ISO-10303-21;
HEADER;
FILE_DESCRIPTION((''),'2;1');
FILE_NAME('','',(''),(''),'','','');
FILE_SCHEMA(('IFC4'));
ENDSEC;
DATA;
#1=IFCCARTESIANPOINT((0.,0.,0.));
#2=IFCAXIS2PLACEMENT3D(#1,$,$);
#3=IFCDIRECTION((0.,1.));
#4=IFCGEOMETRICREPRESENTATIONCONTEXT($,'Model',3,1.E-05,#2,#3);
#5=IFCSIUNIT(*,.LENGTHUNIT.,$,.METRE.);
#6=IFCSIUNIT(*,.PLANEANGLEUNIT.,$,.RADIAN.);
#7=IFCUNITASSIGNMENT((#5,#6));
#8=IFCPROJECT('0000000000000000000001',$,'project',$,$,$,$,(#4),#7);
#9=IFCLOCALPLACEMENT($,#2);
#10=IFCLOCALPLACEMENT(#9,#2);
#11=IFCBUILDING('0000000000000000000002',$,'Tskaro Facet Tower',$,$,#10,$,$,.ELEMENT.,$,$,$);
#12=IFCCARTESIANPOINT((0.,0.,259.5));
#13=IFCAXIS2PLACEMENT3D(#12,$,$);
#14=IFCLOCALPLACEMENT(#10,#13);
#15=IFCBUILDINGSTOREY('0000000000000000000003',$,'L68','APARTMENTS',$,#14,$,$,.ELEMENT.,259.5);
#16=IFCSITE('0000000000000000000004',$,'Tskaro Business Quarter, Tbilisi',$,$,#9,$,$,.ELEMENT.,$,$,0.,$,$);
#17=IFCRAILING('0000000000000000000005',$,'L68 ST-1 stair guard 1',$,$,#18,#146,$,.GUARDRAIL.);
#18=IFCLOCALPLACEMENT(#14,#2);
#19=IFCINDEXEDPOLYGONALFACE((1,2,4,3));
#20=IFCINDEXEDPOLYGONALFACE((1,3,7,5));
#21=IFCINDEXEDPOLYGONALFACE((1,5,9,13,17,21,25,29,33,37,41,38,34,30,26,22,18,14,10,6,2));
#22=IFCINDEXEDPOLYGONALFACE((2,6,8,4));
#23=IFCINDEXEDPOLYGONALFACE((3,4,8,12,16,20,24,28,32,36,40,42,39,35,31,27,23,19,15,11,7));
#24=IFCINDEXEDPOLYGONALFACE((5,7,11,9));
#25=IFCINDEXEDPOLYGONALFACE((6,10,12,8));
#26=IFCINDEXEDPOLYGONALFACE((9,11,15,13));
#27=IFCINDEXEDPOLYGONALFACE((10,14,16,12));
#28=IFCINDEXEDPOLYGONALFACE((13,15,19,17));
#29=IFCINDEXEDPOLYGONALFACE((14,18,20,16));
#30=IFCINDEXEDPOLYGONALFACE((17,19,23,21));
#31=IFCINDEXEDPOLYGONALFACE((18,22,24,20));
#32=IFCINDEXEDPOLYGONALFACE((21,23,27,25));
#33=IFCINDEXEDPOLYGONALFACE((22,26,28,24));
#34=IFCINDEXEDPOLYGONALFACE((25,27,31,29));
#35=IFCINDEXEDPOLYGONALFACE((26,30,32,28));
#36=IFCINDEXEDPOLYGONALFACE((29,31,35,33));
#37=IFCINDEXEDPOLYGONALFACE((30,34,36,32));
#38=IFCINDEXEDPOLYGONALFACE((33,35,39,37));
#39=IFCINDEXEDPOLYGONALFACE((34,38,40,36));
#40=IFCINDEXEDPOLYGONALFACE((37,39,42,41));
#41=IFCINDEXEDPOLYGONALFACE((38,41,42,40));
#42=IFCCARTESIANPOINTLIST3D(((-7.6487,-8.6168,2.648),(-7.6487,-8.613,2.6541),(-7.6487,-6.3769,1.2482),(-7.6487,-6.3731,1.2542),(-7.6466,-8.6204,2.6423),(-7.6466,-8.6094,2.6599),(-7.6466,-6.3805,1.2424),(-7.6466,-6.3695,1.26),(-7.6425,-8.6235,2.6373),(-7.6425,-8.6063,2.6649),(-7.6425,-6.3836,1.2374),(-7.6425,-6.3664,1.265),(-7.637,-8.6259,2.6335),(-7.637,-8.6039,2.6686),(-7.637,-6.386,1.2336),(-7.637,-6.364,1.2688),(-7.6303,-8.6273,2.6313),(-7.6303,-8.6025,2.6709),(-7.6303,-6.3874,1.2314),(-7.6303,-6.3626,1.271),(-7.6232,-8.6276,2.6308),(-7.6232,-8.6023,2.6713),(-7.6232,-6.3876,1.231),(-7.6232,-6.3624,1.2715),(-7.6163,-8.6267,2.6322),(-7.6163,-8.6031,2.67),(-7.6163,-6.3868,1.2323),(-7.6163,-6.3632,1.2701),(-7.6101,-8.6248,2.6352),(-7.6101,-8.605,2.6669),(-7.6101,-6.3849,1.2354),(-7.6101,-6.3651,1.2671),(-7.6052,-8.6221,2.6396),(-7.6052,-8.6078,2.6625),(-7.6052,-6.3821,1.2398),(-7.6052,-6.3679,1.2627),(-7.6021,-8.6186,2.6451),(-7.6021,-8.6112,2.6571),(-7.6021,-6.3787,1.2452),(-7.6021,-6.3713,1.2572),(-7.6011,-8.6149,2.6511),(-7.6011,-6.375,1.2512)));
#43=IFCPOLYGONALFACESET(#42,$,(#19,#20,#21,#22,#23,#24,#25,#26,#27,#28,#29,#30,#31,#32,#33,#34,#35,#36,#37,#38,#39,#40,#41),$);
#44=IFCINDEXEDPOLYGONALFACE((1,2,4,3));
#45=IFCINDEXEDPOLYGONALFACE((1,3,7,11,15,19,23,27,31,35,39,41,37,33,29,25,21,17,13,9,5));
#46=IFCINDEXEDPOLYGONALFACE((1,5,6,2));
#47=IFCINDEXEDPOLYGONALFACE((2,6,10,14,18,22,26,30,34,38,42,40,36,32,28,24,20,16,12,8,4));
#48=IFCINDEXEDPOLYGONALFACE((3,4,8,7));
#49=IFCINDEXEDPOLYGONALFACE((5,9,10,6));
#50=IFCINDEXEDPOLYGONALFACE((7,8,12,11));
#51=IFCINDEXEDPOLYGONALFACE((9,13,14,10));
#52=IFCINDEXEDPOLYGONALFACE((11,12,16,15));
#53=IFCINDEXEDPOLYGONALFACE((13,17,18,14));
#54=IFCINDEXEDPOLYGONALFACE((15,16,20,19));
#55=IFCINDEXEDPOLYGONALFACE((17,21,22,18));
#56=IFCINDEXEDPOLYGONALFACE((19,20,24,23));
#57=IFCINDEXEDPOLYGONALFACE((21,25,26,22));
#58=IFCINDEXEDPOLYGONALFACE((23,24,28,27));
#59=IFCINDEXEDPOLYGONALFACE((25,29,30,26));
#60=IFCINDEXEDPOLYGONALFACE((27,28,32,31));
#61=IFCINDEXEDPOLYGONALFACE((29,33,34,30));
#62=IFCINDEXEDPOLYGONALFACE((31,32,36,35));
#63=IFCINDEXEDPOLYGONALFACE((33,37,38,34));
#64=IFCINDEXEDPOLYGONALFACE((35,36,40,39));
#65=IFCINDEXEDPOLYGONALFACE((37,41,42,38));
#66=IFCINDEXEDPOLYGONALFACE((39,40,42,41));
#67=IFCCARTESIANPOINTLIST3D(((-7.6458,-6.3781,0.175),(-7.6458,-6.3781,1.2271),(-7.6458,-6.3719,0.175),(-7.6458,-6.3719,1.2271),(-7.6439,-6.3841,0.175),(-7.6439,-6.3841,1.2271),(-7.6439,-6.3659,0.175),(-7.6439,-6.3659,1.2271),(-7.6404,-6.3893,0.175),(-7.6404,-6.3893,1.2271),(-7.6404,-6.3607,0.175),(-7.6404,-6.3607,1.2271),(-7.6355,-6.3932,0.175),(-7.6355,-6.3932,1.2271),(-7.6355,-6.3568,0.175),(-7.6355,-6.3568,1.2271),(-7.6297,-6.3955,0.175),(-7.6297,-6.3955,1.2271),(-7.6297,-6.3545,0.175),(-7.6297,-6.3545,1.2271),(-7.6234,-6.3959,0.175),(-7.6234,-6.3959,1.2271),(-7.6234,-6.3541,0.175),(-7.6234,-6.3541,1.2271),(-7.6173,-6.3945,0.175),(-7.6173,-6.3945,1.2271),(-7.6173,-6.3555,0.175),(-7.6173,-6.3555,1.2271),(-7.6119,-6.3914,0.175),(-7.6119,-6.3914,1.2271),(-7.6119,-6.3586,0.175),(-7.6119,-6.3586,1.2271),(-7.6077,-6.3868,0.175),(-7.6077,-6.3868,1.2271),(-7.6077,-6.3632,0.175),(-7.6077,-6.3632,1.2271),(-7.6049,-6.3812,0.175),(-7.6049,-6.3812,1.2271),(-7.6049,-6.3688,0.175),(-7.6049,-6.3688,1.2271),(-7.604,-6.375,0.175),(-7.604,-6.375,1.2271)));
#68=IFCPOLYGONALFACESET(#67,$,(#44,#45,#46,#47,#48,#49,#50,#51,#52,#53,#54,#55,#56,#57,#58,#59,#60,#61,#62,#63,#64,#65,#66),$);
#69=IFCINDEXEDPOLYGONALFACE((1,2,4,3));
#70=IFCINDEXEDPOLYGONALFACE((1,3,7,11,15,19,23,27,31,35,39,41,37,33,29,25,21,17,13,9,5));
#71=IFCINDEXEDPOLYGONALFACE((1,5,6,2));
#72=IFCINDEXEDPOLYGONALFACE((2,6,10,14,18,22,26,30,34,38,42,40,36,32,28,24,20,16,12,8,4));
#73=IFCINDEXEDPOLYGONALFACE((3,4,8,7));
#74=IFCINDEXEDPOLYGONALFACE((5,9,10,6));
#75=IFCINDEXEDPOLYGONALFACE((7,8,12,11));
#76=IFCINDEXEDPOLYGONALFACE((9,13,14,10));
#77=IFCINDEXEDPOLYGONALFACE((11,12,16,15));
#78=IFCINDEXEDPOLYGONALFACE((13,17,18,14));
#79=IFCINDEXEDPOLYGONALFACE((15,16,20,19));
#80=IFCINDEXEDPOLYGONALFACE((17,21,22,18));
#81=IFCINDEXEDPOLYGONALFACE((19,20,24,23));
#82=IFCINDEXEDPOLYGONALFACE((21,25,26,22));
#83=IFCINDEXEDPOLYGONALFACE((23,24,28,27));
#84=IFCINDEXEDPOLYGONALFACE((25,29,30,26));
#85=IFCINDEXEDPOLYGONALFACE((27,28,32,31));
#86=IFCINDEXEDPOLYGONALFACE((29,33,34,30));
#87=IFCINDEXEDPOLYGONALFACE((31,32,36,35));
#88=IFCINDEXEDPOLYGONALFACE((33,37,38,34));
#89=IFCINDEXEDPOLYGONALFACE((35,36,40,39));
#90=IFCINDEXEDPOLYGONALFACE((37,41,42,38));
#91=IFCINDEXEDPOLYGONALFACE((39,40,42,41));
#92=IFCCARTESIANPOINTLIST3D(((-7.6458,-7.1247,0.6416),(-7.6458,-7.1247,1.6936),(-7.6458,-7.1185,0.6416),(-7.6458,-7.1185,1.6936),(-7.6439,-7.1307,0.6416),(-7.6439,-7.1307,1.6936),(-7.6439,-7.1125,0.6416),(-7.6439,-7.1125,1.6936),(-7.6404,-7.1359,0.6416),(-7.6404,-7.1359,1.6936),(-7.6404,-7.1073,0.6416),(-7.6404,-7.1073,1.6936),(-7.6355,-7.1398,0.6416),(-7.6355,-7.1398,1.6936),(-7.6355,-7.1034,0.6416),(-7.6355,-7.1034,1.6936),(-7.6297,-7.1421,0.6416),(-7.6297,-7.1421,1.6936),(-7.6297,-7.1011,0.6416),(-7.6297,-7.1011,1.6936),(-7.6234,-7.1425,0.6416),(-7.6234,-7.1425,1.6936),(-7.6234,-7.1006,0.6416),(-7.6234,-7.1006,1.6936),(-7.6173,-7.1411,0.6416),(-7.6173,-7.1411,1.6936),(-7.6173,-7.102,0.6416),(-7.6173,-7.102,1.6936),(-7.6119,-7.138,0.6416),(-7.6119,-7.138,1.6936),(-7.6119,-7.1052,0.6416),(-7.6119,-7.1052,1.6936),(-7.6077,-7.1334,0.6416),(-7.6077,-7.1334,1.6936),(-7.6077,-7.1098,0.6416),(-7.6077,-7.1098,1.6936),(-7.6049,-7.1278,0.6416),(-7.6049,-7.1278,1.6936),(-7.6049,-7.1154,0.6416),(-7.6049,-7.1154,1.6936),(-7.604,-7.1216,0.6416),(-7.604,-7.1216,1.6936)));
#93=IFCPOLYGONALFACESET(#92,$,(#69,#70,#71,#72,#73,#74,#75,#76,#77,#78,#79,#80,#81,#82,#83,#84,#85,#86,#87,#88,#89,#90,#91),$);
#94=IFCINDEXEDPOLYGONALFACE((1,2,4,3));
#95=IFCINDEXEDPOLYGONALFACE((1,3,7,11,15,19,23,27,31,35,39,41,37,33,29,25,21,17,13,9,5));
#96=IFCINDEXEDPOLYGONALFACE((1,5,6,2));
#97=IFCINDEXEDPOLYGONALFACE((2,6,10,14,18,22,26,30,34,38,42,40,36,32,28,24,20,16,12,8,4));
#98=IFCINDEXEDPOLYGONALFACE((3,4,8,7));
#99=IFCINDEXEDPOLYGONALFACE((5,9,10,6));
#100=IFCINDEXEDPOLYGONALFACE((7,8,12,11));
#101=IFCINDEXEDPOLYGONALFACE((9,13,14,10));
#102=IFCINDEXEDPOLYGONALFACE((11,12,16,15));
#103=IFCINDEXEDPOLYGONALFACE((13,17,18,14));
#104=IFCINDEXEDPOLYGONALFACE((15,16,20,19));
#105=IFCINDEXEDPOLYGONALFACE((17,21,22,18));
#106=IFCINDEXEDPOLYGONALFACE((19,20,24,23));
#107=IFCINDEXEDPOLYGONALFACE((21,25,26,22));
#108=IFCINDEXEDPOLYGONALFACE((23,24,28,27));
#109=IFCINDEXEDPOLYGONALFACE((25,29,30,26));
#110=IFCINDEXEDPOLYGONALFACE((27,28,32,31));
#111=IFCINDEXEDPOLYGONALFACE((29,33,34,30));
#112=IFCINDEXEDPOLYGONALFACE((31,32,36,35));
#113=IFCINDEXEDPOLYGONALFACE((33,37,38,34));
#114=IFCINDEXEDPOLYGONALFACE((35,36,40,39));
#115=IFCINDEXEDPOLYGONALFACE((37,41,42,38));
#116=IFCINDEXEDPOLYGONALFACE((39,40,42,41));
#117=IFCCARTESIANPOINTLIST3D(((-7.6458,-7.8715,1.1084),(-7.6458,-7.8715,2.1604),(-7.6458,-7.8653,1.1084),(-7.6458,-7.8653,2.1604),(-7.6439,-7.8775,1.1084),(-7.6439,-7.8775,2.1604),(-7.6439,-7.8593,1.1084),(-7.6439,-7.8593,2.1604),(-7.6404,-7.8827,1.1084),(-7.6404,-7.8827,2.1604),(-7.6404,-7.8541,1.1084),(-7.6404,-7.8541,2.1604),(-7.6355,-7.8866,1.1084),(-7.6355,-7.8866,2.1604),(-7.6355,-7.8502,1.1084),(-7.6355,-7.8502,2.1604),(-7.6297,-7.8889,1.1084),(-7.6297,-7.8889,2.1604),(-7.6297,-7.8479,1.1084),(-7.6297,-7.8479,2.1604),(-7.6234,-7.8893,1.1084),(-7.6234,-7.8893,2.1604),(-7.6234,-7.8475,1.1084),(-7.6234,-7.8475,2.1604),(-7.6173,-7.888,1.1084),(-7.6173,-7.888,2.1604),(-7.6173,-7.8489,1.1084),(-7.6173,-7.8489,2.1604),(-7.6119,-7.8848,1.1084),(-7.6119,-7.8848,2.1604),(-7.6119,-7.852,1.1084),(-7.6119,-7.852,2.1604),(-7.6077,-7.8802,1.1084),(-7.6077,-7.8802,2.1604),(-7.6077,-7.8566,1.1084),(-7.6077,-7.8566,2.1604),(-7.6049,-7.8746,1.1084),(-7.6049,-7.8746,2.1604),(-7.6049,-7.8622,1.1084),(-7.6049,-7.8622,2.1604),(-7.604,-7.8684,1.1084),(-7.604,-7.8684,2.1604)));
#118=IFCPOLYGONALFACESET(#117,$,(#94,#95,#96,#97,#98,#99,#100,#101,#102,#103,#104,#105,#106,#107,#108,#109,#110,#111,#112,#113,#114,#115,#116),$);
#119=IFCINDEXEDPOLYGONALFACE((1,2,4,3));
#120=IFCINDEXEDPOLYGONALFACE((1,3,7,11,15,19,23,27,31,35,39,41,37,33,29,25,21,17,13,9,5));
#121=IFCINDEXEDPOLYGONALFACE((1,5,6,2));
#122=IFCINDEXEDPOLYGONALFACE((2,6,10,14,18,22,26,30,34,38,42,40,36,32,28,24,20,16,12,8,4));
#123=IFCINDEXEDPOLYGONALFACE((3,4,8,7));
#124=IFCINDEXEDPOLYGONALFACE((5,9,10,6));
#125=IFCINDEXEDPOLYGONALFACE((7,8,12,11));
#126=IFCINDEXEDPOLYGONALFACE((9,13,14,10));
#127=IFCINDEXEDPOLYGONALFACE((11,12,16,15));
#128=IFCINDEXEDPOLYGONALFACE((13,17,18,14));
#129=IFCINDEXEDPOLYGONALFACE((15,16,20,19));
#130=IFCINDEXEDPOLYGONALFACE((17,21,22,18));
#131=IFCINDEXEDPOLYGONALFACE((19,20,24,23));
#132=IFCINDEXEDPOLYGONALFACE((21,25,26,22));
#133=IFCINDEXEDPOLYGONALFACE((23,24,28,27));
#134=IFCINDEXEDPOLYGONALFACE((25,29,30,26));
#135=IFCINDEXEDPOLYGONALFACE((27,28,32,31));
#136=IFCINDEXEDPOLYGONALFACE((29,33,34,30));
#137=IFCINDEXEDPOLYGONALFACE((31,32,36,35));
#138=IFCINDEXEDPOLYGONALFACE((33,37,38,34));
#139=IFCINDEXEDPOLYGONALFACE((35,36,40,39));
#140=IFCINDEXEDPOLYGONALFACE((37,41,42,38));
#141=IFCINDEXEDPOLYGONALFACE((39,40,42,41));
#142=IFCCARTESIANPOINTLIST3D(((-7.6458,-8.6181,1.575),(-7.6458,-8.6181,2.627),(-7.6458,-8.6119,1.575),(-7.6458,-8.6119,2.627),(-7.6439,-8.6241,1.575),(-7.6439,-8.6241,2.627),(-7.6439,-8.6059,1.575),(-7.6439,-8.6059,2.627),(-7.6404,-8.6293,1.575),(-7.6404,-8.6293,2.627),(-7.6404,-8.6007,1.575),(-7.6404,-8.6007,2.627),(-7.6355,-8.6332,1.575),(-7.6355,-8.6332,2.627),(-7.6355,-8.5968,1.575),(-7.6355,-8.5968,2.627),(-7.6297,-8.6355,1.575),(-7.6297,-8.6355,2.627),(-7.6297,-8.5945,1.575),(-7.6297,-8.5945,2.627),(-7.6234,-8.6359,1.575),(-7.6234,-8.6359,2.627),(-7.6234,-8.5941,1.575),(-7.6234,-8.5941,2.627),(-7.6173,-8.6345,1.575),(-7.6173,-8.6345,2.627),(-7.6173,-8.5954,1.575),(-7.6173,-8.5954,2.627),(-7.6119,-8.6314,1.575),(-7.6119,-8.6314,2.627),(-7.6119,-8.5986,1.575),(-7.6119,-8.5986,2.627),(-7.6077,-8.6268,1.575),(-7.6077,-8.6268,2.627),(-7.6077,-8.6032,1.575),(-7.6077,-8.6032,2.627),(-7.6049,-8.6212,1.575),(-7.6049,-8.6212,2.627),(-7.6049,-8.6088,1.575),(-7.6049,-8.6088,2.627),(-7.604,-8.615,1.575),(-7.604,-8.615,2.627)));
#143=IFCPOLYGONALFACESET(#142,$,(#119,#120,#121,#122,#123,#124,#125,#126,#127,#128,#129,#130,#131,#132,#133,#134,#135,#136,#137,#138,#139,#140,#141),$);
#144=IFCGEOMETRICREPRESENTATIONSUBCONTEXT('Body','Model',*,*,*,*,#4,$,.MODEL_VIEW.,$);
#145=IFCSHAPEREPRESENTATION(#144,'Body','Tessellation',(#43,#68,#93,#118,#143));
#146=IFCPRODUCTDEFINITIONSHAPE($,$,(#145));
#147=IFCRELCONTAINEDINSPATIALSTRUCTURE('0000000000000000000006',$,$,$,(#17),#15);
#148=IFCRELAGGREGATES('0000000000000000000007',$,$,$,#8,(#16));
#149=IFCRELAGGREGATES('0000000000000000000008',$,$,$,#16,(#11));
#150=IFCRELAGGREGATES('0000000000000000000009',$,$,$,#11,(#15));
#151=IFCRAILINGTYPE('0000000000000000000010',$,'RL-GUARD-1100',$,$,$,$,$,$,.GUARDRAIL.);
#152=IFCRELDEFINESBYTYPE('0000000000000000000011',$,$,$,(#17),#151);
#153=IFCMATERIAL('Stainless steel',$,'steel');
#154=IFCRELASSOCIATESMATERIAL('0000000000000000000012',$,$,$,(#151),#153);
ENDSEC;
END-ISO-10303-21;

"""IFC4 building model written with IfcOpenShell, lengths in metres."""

from ifc_helpers import new_model, si_unit, direction, frame, origin, origin_2d, place, context, subcontext, project, spatial, circle, extrude, material, type_object, element, save


model = new_model("IFC4")

# Units and contexts
model_context = context("Model", 3, precision=1e-05, world=origin(), true_north=direction((0.0, 1.0)))
body_context = subcontext(model_context, "Body", "Model", "MODEL_VIEW")
ifc_project = project(units=[si_unit("LENGTHUNIT", "METRE"), si_unit("PLANEANGLEUNIT", "RADIAN")], contexts=[model_context])

# Site, building, storey
site_placement = place(None, origin())
site = spatial("IfcSite", under=ifc_project, at=site_placement, Name="Tskaro Business Quarter, Tbilisi", CompositionType="ELEMENT", RefElevation=0.0)
building_placement = place(site_placement, origin())
building = spatial("IfcBuilding", under=site, at=building_placement, Name="Tskaro Facet Tower", CompositionType="ELEMENT")
storey_placement = place(building_placement, frame((0.0, 0.0, 259.5)))
storey = spatial("IfcBuildingStorey", under=building, at=storey_placement, Name="L68", Description="APARTMENTS", CompositionType="ELEMENT", Elevation=259.5)

# Shared definitions
ifc_material_1 = material(Name="Stainless steel", Category="steel")

# Railing
railing_type_1 = type_object("IfcRailingType", Name="RL-GUARD-1100", PredefinedType="GUARDRAIL", material=ifc_material_1)
railing_1_placement = place(storey_placement, frame((-7.625, -6.375, 0.175)))
element("IfcRailing", 1, at=railing_1_placement, inside=storey, type_object=railing_type_1, Name="L68 ST-1 stair guard 1", PredefinedType="GUARDRAIL", context=body_context, shape_type="SweptSolid", body=[
    extrude(circle(Radius=0.0239, at=origin_2d()), frame((0.0, 0.0, 1.0762), z_axis=(0.0, -0.848014, 0.529974), x_axis=(1.0, 0.0, 0.0)), (0.0, 0.0, 1.0), 2.6414),
    extrude(circle(Radius=0.021, at=origin_2d()), origin(), (0.0, 0.0, 1.0), 1.052),
    extrude(circle(Radius=0.021, at=origin_2d()), frame((0.0, -0.7466, 0.4666)), (0.0, 0.0, 1.0), 1.052),
    extrude(circle(Radius=0.021, at=origin_2d()), frame((0.0, -1.4934, 0.9333)), (0.0, 0.0, 1.0), 1.052),
    extrude(circle(Radius=0.021, at=origin_2d()), frame((0.0, -2.24, 1.3999)), (0.0, 0.0, 1.0), 1.052),
])

save(model, "model.ifc")
